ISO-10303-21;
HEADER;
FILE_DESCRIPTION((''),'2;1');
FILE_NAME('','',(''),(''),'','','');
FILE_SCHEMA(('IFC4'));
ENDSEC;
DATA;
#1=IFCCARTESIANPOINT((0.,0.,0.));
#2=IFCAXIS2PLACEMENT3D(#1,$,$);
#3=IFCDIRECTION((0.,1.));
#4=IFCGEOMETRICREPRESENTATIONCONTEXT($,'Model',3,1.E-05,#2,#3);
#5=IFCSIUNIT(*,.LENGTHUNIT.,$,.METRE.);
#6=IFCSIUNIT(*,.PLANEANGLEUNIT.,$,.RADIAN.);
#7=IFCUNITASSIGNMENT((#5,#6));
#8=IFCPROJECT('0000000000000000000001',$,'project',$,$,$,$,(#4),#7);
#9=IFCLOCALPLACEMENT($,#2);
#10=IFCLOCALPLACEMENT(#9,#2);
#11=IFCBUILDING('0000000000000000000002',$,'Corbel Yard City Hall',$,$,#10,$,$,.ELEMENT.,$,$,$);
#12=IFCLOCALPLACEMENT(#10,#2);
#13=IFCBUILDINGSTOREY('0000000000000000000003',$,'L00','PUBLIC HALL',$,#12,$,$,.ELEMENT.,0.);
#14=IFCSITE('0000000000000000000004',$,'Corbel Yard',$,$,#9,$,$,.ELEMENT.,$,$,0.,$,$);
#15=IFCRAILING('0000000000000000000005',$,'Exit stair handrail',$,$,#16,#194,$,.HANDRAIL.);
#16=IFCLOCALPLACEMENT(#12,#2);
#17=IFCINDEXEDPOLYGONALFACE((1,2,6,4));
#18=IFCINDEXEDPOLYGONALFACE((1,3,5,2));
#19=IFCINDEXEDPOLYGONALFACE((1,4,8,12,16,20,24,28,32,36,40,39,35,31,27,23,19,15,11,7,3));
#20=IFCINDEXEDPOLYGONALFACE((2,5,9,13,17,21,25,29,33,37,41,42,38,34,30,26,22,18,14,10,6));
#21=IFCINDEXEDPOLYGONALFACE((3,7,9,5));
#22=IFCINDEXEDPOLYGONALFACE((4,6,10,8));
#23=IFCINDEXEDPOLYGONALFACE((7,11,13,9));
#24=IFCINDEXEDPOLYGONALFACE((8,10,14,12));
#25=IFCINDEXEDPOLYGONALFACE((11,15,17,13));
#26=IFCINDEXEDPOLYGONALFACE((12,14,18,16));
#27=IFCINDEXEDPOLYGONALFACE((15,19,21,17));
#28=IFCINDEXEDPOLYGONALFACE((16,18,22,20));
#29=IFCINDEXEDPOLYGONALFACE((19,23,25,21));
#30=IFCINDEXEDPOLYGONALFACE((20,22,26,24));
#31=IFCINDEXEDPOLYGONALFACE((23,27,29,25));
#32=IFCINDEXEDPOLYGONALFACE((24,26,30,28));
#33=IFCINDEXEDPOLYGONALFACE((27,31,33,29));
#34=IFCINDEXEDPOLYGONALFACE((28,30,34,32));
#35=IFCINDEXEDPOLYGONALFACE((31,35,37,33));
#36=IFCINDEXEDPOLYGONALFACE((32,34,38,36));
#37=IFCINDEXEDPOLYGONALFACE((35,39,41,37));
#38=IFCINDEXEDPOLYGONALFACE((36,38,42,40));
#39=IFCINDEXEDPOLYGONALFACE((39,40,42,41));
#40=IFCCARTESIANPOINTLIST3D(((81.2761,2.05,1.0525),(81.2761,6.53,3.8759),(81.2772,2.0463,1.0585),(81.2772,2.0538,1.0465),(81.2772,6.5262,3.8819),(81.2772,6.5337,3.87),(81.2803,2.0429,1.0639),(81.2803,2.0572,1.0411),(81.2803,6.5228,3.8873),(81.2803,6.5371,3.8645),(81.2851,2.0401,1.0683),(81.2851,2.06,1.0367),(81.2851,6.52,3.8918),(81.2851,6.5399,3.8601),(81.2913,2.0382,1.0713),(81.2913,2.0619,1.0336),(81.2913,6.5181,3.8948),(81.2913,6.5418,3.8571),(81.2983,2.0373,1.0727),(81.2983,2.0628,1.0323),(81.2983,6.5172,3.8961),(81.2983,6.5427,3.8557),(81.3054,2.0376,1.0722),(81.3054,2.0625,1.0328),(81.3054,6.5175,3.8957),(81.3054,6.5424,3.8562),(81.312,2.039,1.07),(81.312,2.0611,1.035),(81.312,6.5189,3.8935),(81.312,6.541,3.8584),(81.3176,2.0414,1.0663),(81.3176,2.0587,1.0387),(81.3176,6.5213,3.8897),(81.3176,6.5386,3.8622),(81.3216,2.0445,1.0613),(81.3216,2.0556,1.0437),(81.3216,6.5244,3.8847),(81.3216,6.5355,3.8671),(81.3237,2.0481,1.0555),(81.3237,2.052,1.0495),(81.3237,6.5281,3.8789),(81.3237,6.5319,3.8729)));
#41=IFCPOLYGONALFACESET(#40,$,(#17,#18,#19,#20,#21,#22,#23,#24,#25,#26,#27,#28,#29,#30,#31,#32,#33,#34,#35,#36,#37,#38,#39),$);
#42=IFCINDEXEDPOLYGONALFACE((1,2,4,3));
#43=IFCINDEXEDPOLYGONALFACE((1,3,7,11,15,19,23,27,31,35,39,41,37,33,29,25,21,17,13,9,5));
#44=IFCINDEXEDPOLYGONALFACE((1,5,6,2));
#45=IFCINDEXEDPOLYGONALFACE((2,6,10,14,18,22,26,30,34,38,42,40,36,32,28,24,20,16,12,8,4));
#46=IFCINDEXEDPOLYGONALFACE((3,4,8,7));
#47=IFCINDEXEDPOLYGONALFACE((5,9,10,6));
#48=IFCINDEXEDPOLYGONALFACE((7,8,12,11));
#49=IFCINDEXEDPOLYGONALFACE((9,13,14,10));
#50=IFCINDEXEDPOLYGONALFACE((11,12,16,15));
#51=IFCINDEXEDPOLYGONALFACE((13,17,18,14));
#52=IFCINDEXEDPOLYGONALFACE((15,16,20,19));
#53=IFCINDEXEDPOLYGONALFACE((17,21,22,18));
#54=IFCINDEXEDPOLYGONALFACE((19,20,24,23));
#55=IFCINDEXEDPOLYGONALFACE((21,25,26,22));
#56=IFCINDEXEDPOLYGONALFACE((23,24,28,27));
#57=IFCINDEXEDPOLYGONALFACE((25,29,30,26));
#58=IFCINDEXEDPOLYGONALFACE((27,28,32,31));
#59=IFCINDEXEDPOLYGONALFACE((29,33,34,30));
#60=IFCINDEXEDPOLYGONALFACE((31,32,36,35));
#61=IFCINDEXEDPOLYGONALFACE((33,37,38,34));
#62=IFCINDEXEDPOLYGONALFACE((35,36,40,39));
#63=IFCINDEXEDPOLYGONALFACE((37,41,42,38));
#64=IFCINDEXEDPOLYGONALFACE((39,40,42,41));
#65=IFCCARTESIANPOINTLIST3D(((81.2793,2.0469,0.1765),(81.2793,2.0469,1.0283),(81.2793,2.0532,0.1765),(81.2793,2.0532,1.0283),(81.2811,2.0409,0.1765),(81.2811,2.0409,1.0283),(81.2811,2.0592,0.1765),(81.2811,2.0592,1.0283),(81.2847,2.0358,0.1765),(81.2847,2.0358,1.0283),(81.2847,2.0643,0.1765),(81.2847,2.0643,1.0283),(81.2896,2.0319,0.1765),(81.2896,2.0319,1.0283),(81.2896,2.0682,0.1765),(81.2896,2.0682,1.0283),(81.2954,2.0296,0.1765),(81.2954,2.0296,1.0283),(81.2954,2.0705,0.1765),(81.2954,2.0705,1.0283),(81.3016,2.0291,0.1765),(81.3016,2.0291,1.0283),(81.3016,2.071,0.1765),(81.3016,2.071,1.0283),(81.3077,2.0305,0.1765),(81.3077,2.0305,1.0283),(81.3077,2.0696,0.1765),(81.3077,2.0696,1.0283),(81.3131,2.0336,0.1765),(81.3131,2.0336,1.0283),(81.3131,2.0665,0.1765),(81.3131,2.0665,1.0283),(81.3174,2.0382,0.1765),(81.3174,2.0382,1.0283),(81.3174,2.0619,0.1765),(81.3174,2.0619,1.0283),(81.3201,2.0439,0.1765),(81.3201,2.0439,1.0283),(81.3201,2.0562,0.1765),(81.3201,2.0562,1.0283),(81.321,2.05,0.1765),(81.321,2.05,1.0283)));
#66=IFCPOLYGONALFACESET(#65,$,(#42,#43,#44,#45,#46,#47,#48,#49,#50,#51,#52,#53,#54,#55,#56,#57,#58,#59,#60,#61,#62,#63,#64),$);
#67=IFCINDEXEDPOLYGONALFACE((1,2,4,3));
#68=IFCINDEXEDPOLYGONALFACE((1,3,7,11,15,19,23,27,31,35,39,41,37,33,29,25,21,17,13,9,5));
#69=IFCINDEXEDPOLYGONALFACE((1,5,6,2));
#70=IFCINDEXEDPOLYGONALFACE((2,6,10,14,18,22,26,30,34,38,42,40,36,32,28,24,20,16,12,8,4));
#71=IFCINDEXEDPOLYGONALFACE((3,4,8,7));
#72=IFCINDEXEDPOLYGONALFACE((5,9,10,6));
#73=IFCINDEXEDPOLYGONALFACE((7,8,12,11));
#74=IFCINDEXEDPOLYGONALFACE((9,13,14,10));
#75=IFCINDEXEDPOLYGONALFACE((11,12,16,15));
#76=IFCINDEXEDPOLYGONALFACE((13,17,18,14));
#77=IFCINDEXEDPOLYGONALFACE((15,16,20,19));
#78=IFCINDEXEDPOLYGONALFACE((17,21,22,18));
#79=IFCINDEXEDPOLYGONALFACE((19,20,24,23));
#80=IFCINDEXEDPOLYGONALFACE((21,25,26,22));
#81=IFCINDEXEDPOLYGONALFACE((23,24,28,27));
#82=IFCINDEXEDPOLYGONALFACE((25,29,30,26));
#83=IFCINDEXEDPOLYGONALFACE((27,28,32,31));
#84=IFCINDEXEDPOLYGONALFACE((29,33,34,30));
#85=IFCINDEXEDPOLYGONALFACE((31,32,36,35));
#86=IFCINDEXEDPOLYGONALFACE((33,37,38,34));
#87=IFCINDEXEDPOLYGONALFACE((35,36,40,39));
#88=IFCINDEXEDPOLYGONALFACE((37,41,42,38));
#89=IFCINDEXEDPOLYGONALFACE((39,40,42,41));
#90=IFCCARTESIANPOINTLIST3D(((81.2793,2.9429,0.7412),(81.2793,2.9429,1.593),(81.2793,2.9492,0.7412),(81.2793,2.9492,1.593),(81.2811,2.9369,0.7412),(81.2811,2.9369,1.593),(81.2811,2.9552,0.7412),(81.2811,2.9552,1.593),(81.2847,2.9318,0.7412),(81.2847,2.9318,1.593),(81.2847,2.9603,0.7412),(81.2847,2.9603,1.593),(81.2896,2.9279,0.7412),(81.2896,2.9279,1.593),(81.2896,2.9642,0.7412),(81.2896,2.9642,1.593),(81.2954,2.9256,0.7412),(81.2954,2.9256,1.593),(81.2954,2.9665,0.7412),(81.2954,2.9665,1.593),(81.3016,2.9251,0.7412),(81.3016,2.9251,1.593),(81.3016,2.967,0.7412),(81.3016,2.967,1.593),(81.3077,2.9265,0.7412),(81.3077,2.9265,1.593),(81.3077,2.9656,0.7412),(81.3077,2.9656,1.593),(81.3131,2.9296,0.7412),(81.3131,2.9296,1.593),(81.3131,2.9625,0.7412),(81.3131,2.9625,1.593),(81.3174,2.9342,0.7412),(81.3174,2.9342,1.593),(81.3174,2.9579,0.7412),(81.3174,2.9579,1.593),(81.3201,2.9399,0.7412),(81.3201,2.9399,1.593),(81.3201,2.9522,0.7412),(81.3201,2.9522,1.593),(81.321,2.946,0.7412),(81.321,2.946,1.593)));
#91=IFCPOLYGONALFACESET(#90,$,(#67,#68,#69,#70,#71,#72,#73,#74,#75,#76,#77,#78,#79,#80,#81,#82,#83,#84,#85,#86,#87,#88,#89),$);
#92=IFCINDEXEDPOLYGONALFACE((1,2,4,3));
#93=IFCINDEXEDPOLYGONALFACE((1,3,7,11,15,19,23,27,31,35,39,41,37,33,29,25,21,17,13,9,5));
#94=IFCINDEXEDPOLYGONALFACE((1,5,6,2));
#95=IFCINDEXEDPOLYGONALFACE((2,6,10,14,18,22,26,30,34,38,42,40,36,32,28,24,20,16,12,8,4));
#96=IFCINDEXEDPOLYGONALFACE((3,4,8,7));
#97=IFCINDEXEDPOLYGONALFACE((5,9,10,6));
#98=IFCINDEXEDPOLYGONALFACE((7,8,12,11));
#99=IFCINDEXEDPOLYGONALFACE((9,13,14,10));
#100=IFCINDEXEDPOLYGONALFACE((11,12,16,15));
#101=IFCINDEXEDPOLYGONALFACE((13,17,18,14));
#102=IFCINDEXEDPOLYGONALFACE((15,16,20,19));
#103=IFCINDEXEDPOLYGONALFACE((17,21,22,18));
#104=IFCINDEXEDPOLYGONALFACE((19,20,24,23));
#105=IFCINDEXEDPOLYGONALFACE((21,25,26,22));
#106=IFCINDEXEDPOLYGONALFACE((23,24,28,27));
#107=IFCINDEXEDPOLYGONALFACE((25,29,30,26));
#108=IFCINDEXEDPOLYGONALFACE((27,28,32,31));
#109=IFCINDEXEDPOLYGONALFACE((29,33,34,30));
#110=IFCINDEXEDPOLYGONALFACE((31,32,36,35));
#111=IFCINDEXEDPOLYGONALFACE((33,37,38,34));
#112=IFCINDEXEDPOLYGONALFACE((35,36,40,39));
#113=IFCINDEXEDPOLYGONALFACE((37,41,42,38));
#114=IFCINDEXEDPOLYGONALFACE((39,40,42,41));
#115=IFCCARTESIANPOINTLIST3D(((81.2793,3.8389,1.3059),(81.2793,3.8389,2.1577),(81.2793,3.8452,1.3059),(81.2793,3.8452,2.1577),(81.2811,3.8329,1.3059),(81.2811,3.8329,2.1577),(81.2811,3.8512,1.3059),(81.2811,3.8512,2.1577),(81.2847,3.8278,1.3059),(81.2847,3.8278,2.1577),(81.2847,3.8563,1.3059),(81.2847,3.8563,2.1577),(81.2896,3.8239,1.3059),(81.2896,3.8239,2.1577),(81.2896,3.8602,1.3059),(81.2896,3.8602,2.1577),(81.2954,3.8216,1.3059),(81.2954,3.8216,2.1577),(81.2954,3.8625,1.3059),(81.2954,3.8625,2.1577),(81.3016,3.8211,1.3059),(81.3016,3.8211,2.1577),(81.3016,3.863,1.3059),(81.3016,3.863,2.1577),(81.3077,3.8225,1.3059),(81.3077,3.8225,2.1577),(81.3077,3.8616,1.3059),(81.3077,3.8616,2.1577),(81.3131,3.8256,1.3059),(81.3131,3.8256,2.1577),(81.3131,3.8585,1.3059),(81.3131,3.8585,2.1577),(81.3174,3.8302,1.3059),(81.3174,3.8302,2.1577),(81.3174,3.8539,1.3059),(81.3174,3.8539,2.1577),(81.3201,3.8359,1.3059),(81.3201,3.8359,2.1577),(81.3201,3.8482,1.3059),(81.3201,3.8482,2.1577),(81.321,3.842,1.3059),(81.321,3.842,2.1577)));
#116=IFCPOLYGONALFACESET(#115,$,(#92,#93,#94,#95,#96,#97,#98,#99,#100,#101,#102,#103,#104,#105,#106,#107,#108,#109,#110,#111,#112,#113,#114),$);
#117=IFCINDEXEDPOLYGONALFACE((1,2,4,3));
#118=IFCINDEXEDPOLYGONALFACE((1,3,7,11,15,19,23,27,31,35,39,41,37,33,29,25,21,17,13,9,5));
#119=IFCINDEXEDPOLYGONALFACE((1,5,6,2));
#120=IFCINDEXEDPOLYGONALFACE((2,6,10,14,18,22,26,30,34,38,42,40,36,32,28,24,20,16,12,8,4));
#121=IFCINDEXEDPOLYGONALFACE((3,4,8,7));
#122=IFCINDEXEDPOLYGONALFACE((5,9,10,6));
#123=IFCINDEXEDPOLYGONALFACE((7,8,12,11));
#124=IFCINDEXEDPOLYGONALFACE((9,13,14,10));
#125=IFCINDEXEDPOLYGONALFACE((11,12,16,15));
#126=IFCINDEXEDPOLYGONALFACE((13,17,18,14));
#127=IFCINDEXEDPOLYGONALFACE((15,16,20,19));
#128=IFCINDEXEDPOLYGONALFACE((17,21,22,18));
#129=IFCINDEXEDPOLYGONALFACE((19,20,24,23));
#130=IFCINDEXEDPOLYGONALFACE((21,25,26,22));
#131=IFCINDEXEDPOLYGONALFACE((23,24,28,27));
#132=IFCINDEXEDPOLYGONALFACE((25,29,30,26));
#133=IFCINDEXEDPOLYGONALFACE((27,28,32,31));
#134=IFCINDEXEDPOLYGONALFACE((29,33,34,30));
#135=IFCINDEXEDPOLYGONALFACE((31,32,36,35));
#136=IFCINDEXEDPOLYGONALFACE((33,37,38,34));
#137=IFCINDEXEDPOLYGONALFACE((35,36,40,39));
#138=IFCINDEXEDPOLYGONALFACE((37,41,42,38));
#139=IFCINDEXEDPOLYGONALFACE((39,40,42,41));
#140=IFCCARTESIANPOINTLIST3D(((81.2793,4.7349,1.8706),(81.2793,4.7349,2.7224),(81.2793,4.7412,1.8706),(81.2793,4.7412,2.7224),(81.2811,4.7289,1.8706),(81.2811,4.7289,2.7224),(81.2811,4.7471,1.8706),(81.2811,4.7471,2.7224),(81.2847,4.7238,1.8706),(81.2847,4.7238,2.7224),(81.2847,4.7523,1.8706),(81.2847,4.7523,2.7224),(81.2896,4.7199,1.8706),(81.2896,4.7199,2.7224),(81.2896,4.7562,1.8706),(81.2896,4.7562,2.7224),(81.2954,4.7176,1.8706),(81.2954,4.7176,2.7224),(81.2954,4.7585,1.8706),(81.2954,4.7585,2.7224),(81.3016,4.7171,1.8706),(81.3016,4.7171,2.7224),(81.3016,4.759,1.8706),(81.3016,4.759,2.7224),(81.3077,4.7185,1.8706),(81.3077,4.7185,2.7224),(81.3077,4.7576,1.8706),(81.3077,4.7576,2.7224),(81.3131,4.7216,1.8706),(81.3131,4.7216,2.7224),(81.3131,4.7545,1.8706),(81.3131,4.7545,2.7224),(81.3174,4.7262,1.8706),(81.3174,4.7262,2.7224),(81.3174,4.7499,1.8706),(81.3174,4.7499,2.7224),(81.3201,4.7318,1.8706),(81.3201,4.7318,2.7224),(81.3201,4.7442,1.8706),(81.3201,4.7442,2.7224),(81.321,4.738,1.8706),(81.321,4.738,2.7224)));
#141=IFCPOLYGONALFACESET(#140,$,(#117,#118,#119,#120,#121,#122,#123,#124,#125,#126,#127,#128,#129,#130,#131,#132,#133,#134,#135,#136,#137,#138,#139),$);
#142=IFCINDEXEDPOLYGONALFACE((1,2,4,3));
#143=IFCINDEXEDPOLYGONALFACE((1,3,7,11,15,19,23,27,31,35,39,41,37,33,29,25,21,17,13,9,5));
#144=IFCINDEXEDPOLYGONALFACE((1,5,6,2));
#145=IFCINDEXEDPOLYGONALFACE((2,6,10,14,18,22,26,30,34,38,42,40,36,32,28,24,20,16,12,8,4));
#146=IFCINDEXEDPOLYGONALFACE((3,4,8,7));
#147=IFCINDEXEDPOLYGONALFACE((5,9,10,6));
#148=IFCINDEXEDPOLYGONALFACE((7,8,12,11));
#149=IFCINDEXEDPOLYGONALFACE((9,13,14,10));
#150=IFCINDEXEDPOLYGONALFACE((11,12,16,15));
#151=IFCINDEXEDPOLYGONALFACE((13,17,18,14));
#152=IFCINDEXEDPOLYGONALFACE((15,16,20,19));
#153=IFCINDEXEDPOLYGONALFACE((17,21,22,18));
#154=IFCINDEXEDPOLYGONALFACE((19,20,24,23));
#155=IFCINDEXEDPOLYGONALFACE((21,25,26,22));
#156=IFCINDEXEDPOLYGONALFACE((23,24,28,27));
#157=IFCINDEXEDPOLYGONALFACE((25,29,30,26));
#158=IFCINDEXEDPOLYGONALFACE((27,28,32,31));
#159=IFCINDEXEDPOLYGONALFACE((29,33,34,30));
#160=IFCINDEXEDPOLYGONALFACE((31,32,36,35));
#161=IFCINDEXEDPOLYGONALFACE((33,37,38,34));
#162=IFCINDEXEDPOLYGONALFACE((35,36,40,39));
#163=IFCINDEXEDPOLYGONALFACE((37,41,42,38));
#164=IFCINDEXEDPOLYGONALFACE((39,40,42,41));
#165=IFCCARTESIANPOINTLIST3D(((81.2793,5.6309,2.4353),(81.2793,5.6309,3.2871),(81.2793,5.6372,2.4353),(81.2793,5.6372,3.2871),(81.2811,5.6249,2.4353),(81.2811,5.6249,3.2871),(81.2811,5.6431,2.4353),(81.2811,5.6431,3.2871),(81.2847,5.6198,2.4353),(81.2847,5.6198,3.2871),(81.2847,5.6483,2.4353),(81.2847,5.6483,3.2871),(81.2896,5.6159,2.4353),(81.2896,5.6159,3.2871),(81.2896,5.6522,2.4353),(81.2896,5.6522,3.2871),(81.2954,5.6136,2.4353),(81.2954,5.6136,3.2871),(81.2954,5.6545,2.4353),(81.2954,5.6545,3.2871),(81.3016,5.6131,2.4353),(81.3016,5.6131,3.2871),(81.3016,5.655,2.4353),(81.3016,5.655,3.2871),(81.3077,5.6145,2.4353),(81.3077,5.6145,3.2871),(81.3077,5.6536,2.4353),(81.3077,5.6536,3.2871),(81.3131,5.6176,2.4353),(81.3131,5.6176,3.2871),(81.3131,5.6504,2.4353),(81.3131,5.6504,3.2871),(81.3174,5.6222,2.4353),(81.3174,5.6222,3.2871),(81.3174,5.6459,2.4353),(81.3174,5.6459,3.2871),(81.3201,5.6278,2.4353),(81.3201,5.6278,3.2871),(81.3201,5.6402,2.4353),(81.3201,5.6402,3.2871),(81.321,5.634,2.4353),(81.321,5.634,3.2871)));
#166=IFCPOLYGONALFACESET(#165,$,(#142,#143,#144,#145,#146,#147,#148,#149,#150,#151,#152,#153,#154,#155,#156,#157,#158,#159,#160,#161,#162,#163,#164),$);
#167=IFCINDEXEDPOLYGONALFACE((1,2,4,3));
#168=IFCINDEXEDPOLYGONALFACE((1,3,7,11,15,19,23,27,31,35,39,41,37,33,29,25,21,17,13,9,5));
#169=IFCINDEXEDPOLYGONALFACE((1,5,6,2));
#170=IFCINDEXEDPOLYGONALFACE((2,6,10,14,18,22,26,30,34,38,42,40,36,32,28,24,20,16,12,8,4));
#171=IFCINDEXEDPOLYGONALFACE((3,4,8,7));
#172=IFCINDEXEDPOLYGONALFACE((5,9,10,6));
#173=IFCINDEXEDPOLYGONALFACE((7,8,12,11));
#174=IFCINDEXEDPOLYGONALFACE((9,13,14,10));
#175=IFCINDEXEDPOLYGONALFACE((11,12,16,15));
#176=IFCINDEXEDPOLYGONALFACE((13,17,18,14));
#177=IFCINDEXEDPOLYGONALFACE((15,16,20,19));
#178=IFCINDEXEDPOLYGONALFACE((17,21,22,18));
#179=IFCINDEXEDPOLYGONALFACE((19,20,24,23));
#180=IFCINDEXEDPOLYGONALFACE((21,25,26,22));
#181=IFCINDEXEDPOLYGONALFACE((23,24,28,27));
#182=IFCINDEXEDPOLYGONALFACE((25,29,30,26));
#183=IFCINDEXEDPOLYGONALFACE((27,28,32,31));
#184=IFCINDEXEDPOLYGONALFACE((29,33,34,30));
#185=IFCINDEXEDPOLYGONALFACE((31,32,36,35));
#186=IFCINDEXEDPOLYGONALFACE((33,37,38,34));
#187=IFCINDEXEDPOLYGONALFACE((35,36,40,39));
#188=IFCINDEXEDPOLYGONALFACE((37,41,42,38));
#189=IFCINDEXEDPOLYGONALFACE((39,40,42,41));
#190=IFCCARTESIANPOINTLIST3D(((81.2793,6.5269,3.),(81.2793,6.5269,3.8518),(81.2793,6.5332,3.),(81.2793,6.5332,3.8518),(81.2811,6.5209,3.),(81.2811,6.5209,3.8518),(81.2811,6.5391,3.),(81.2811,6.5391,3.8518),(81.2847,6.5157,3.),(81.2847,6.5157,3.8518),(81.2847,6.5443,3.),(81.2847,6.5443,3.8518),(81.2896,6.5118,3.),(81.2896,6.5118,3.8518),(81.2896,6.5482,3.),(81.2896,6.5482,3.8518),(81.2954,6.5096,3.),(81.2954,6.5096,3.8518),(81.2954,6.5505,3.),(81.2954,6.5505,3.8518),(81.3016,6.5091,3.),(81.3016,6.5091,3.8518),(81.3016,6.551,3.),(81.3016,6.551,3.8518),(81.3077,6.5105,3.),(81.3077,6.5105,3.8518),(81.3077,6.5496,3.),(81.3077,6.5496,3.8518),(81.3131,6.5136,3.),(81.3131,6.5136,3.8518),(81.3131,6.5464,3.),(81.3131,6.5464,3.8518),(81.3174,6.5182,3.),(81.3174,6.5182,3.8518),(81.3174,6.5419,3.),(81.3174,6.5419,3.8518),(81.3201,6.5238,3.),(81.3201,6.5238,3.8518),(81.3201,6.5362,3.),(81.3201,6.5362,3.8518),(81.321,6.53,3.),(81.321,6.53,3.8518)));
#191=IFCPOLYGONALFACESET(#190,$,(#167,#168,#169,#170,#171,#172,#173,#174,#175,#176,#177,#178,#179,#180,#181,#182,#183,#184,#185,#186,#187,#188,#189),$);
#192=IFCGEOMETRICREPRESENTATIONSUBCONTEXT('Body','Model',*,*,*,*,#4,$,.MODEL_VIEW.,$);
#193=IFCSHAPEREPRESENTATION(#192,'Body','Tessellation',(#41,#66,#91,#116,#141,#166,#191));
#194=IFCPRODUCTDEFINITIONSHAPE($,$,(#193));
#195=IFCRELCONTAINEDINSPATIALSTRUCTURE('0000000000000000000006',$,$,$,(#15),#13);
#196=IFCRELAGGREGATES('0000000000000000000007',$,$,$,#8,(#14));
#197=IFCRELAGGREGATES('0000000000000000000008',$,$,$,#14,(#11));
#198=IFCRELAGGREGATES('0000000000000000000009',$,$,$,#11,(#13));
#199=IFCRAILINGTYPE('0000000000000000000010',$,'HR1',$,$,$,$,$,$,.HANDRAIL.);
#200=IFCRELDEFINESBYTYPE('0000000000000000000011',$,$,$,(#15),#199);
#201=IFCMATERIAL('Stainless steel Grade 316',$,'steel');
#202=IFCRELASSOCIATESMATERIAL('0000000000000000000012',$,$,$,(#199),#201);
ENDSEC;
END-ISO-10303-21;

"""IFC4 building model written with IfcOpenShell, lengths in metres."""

from ifc_helpers import new_model, si_unit, direction, frame, origin, origin_2d, place, context, subcontext, project, spatial, circle, extrude, material, type_object, element, save


model = new_model("IFC4")

# Units and contexts
model_context = context("Model", 3, precision=1e-05, world=origin(), true_north=direction((0.0, 1.0)))
body_context = subcontext(model_context, "Body", "Model", "MODEL_VIEW")
ifc_project = project(units=[si_unit("LENGTHUNIT", "METRE"), si_unit("PLANEANGLEUNIT", "RADIAN")], contexts=[model_context])

# Site, building, storey
site_placement = place(None, origin())
site = spatial("IfcSite", under=ifc_project, at=site_placement, Name="Corbel Yard", CompositionType="ELEMENT", RefElevation=0.0)
building_placement = place(site_placement, origin())
building = spatial("IfcBuilding", under=site, at=building_placement, Name="Corbel Yard City Hall", CompositionType="ELEMENT")
storey_placement = place(building_placement, origin())
storey = spatial("IfcBuildingStorey", under=building, at=storey_placement, Name="L00", Description="PUBLIC HALL", CompositionType="ELEMENT", Elevation=0.0)

# Shared definitions
ifc_material_1 = material(Name="Stainless steel Grade 316", Category="steel")

# Railing
railing_type = type_object("IfcRailingType", Name="HR1", PredefinedType="HANDRAIL", material=ifc_material_1)
for number, where, name in (
    (1, (81.3, 2.05, 0.1765), "Exit stair handrail"),
):
    element("IfcRailing", number, at=place(storey_placement, frame(where)), inside=storey, type_object=railing_type, Name=name, PredefinedType="HANDRAIL", context=body_context, shape_type="SweptSolid", body=[
        extrude(circle(Radius=0.0239, at=origin_2d()), frame((0.0, 0.0, 0.876), z_axis=(0.0, 0.845998, 0.533186), x_axis=(-1.0, 0.0, 0.0)), (0.0, 0.0, 1.0), 5.2954),
        extrude(circle(Radius=0.021, at=origin_2d()), origin(), (0.0, 0.0, 1.0), 0.8518),
        extrude(circle(Radius=0.021, at=origin_2d()), frame((0.0, 0.896, 0.5647)), (0.0, 0.0, 1.0), 0.8518),
        extrude(circle(Radius=0.021, at=origin_2d()), frame((0.0, 1.792, 1.1294)), (0.0, 0.0, 1.0), 0.8518),
        extrude(circle(Radius=0.021, at=origin_2d()), frame((0.0, 2.688, 1.6941)), (0.0, 0.0, 1.0), 0.8518),
        extrude(circle(Radius=0.021, at=origin_2d()), frame((0.0, 3.584, 2.2588)), (0.0, 0.0, 1.0), 0.8518),
        extrude(circle(Radius=0.021, at=origin_2d()), frame((0.0, 4.48, 2.8235)), (0.0, 0.0, 1.0), 0.8518),
    ])

save(model, "model.ifc")
